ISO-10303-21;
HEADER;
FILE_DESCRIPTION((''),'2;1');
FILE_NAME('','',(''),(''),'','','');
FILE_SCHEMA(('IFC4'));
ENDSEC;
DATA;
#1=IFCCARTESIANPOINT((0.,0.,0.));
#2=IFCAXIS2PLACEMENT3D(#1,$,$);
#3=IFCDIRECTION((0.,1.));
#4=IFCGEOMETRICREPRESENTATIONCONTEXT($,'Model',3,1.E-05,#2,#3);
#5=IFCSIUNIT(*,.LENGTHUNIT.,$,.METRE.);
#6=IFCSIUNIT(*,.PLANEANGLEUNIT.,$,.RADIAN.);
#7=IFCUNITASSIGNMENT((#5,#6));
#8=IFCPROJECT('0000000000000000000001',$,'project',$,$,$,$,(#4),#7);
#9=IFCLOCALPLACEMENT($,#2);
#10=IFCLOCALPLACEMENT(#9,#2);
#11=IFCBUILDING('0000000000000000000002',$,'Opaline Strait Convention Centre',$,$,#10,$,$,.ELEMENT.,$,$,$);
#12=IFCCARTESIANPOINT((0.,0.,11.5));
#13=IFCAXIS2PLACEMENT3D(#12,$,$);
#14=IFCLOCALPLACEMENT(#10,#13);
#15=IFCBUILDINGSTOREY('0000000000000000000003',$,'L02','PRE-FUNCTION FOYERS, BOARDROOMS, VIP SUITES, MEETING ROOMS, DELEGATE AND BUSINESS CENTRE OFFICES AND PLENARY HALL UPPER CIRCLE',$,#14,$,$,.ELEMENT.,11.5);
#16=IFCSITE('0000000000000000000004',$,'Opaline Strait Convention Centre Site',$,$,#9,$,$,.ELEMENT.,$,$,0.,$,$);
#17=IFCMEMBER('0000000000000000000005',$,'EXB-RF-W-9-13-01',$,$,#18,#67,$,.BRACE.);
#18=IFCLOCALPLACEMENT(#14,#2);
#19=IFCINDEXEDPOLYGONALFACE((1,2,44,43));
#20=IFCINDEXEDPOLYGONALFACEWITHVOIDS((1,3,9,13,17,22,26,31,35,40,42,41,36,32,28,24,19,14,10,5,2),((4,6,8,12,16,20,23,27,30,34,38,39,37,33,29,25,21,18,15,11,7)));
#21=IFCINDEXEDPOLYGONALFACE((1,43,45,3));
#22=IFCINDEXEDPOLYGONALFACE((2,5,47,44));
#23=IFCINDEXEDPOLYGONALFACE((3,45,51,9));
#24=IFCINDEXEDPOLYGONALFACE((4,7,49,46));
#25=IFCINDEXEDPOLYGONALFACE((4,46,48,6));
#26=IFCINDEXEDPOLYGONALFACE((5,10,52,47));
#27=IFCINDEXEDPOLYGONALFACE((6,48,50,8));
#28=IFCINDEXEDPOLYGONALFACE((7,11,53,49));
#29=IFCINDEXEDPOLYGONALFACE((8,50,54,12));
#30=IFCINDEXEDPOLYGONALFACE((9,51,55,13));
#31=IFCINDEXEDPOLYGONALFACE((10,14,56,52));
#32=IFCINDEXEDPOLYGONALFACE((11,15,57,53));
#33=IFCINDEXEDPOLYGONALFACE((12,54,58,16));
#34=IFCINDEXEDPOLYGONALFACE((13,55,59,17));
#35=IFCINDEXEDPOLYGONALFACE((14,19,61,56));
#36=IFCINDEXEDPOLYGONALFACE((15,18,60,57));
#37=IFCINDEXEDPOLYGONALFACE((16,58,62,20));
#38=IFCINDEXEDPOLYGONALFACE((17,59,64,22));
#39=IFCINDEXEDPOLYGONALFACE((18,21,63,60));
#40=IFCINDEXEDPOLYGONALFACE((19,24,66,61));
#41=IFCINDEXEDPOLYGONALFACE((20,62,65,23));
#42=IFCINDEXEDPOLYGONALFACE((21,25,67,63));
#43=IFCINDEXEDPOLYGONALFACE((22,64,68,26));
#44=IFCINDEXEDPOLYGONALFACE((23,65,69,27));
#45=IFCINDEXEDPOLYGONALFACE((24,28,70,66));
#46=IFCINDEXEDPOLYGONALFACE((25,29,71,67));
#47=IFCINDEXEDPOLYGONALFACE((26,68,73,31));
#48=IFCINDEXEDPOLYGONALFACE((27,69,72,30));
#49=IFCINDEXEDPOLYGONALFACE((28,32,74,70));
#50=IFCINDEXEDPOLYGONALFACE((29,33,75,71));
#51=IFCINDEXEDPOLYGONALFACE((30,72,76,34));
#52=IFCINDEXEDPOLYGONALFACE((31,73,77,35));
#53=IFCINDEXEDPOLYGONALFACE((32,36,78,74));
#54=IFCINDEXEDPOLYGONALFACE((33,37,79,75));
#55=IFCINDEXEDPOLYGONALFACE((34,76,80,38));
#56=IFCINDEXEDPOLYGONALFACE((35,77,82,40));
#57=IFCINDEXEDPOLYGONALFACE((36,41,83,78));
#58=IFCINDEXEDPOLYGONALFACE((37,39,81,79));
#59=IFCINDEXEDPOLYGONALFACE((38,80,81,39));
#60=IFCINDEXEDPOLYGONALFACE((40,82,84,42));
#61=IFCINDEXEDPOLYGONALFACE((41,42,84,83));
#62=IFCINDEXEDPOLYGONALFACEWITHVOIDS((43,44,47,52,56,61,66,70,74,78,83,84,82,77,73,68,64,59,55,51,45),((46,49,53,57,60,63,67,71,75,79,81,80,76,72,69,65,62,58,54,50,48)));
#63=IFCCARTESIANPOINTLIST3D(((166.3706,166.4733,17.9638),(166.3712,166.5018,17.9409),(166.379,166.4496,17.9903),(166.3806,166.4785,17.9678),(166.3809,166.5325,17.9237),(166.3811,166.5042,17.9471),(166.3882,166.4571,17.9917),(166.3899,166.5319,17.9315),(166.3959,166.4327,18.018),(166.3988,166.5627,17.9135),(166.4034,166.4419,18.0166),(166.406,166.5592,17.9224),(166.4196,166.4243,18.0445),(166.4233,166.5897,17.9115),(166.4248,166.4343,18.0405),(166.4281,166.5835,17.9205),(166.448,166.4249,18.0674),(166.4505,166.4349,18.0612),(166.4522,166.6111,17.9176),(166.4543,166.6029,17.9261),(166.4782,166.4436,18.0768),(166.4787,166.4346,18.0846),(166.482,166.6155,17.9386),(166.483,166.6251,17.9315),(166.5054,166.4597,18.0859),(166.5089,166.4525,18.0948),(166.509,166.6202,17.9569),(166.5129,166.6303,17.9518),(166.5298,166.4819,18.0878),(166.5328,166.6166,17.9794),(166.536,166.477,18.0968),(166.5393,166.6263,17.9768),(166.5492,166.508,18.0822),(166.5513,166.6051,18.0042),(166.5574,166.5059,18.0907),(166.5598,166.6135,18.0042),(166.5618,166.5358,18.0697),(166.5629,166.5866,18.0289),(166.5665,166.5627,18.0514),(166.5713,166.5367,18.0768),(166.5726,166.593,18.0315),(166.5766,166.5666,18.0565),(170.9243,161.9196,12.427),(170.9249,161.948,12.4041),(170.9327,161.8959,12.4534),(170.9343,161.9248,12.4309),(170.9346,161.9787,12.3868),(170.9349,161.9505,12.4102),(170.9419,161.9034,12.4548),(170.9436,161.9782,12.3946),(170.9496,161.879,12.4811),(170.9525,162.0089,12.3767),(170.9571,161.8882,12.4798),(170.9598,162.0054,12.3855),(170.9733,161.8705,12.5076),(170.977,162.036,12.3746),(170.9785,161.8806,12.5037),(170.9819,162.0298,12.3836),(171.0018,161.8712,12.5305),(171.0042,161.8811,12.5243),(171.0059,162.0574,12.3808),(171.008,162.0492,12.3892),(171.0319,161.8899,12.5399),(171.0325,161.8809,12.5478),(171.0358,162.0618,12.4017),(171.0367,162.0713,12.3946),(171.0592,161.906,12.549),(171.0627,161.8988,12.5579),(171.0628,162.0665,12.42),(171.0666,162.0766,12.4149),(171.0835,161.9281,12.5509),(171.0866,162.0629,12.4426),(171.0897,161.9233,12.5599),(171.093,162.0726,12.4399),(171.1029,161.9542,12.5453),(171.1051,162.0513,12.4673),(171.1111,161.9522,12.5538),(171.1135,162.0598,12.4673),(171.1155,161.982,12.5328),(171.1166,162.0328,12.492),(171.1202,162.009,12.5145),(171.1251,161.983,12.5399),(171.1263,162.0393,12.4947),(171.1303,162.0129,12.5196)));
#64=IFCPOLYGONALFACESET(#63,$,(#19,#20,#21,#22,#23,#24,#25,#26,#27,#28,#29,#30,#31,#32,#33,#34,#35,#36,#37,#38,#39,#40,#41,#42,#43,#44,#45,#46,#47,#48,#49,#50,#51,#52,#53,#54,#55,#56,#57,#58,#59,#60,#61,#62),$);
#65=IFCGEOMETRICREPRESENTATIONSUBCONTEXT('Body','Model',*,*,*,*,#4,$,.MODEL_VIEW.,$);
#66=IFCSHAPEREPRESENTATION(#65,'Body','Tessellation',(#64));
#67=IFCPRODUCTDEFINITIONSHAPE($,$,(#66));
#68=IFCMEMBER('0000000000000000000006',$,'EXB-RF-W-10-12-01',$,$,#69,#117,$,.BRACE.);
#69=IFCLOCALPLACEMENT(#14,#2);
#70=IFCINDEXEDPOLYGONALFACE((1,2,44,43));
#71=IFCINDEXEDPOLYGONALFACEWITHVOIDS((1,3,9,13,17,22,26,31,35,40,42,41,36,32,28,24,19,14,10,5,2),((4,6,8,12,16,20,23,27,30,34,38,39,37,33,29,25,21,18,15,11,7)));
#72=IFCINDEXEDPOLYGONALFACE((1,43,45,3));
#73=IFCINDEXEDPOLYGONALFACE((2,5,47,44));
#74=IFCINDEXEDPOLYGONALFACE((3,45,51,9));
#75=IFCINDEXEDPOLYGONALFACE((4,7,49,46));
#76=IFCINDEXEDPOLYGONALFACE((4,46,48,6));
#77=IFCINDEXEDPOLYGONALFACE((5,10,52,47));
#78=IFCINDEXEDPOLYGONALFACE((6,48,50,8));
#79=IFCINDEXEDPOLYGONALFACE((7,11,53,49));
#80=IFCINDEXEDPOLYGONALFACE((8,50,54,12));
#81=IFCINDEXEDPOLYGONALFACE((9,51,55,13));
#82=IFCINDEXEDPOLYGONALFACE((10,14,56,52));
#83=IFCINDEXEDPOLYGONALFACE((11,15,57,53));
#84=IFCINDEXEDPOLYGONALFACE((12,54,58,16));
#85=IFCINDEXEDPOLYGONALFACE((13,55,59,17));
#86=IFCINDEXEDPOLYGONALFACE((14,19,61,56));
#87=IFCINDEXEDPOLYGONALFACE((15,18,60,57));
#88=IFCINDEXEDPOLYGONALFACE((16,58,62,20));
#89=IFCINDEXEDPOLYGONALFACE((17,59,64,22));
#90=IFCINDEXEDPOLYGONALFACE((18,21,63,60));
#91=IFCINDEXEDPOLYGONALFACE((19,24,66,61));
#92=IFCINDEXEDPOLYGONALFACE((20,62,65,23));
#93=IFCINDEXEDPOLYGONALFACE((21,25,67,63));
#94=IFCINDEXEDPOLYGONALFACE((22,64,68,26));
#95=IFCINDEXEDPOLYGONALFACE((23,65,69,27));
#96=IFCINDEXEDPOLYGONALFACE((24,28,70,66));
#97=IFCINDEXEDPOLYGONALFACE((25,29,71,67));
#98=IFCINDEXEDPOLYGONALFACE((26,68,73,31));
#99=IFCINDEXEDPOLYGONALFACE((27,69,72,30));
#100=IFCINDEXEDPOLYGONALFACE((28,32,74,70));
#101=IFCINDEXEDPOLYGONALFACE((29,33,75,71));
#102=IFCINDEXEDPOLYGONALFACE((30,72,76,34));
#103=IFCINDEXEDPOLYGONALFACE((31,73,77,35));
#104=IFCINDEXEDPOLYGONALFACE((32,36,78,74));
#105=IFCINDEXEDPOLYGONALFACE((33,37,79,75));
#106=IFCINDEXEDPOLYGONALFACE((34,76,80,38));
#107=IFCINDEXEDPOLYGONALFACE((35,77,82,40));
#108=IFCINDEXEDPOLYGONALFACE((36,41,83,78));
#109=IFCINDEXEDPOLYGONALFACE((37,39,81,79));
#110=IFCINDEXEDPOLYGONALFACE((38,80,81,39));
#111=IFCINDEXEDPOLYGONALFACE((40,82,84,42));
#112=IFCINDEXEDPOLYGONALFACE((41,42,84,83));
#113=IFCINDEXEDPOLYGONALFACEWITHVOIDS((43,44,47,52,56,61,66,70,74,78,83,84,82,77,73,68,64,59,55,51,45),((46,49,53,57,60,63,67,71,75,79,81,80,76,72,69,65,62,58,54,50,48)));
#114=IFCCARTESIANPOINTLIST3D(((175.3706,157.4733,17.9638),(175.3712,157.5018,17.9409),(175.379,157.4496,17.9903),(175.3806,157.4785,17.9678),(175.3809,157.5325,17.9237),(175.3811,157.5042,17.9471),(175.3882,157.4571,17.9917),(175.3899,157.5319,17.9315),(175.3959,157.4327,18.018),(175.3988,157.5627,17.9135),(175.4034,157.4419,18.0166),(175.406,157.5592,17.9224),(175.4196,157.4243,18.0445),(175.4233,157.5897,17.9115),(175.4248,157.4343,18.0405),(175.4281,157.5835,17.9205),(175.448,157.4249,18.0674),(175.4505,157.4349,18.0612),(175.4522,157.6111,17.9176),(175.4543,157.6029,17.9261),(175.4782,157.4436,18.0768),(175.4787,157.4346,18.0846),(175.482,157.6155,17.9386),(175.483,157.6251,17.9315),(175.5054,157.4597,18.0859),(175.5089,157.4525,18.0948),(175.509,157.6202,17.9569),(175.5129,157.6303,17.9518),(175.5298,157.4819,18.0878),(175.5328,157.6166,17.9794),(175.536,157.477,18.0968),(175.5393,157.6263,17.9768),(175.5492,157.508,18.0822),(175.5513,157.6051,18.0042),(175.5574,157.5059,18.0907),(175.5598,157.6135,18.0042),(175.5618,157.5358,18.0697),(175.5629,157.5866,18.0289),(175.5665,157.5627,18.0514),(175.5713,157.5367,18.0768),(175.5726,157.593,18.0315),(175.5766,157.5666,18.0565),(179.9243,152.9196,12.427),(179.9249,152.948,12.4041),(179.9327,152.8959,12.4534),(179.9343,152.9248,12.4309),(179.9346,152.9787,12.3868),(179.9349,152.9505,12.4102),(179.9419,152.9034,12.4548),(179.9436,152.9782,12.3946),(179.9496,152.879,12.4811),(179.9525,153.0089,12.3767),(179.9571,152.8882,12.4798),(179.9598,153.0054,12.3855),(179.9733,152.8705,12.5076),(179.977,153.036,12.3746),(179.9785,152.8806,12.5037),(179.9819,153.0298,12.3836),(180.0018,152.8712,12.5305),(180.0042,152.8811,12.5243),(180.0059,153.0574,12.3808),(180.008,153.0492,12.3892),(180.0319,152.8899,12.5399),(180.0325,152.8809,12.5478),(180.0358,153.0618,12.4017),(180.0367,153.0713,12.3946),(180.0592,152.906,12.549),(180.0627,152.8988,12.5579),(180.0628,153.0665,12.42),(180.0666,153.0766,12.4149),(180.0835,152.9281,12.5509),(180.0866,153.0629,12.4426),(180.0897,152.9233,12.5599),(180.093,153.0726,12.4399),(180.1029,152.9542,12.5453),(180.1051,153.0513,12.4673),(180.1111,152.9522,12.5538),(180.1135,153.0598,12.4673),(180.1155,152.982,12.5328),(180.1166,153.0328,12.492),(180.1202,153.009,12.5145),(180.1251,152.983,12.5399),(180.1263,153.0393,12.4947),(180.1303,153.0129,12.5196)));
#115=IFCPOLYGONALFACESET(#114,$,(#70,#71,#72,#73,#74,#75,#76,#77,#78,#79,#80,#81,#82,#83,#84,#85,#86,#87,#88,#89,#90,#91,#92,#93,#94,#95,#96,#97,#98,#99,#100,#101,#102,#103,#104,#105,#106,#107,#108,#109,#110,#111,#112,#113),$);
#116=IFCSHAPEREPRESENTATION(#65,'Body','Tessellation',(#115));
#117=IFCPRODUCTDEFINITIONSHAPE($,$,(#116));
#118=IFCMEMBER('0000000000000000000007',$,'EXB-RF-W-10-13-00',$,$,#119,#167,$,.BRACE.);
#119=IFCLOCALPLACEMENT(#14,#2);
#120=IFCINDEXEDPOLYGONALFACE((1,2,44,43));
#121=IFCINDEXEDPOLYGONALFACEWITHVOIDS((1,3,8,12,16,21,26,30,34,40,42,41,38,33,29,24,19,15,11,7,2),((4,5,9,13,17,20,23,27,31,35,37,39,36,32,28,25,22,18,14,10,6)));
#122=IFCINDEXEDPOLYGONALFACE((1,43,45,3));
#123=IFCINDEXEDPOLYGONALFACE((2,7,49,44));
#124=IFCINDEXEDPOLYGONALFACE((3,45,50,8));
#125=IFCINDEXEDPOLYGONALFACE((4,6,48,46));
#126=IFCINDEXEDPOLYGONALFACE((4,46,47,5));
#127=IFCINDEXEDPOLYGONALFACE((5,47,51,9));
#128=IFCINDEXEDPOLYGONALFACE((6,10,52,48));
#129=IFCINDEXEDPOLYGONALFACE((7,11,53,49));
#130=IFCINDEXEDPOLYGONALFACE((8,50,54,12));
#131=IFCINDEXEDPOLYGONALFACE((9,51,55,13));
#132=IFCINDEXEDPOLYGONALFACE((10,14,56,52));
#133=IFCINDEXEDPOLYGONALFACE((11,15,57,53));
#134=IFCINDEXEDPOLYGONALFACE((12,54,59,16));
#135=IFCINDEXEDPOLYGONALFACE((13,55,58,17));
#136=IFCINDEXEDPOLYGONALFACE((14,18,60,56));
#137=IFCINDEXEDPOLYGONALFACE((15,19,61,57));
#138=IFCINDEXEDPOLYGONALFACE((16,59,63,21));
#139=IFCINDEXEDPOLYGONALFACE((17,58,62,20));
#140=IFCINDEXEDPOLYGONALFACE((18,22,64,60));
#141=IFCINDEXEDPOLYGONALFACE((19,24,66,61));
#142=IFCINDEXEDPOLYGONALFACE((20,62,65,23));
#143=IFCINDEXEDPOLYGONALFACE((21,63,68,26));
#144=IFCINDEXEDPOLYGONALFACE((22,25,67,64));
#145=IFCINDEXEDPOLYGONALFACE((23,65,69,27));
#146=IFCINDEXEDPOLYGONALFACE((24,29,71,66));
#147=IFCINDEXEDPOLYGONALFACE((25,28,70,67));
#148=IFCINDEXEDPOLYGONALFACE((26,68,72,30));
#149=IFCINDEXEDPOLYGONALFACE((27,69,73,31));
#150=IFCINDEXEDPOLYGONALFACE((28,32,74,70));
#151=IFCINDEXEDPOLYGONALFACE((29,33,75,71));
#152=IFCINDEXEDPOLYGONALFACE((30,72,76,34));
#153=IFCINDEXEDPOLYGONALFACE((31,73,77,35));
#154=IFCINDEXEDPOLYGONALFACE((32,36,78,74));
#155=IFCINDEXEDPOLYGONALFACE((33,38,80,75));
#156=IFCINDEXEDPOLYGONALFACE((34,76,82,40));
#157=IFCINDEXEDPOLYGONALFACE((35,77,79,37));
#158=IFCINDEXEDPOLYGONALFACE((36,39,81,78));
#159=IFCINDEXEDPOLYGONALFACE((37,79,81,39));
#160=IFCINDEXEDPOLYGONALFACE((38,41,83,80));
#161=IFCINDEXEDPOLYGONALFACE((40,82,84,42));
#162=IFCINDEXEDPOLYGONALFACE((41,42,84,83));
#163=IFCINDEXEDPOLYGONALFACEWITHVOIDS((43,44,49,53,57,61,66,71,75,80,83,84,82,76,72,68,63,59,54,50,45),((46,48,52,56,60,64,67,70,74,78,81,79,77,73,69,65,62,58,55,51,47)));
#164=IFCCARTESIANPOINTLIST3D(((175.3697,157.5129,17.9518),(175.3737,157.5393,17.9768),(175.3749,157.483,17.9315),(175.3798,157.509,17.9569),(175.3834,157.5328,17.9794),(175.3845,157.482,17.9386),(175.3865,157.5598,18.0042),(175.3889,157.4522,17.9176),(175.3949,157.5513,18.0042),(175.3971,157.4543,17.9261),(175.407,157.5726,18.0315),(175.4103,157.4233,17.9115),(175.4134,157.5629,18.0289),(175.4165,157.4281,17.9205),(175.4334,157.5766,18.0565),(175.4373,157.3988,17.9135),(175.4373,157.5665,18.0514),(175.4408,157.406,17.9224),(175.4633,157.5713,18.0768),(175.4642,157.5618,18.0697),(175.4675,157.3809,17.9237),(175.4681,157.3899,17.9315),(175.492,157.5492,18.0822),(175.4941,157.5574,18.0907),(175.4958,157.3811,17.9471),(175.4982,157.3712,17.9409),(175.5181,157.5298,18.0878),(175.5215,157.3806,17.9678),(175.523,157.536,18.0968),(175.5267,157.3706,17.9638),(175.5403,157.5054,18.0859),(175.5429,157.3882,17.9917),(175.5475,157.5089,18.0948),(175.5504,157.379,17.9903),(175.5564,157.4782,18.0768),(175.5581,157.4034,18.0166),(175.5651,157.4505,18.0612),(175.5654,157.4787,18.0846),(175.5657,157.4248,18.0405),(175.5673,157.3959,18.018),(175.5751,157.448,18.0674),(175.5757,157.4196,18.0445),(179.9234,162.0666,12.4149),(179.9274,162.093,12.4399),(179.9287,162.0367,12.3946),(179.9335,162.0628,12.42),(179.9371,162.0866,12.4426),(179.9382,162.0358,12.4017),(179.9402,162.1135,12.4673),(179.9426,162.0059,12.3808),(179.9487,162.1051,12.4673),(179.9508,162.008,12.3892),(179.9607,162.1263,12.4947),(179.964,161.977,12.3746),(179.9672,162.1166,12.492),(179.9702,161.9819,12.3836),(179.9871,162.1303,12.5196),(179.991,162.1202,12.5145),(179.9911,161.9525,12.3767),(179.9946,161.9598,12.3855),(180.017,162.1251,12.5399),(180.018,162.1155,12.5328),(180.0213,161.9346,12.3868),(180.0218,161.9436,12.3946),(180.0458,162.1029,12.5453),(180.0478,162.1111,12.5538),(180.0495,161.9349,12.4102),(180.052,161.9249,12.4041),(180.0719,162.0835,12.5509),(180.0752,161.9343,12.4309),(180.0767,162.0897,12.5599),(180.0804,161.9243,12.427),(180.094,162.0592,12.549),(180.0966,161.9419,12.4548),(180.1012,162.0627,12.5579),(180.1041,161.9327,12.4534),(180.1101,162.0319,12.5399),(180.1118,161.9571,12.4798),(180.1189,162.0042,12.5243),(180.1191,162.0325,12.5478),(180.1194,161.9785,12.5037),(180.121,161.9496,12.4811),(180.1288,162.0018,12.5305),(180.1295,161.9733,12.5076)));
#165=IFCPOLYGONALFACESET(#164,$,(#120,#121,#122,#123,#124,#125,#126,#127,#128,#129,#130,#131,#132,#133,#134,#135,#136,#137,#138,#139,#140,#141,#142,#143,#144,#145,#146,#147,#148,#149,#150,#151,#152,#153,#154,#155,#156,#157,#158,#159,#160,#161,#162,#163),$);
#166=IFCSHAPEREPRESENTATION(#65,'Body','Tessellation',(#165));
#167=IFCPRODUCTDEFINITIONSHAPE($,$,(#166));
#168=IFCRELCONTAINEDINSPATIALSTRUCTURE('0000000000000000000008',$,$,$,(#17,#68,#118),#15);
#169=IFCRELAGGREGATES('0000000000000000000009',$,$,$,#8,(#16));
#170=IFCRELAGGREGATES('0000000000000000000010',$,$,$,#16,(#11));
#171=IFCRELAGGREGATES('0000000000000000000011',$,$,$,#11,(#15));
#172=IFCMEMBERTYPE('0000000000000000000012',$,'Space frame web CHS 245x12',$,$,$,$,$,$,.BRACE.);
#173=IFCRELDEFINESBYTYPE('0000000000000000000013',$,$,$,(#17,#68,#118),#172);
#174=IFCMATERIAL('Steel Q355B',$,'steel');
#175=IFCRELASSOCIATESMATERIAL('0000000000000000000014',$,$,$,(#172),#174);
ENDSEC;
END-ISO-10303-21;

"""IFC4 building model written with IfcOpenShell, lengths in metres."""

from ifc_helpers import new_model, si_unit, direction, frame, origin, origin_2d, place, context, subcontext, project, spatial, hollow_circle, extrude, material, material_profile, profile_set, type_object, element, save


model = new_model("IFC4")

# Units and contexts
model_context = context("Model", 3, precision=1e-05, world=origin(), true_north=direction((0.0, 1.0)))
body_context = subcontext(model_context, "Body", "Model", "MODEL_VIEW")
ifc_project = project(units=[si_unit("LENGTHUNIT", "METRE"), si_unit("PLANEANGLEUNIT", "RADIAN")], contexts=[model_context])

# Site, building, storey
site_placement = place(None, origin())
site = spatial("IfcSite", under=ifc_project, at=site_placement, Name="Opaline Strait Convention Centre Site", CompositionType="ELEMENT", RefElevation=0.0)
building_placement = place(site_placement, origin())
building = spatial("IfcBuilding", under=site, at=building_placement, Name="Opaline Strait Convention Centre", CompositionType="ELEMENT")
storey_placement = place(building_placement, frame((0.0, 0.0, 11.5)))
storey = spatial("IfcBuildingStorey", under=building, at=storey_placement, Name="L02", Description="PRE-FUNCTION FOYERS, BOARDROOMS, VIP SUITES, MEETING ROOMS, DELEGATE AND BUSINESS CENTRE OFFICES AND PLENARY HALL UPPER CIRCLE", CompositionType="ELEMENT", Elevation=11.5)

# Members
ifc_material_1 = material(Name="Steel Q355B", Category="steel")
ifc_material_profile_1 = material_profile(ifc_material_1, hollow_circle(Radius=0.1226, WallThickness=0.012, at=origin_2d()), Name="CHS 245x12")
ifc_profile_set_1 = profile_set([ifc_material_profile_1], Name="Steel Q355B")
member_type_1 = type_object("IfcMemberType", Name="Space frame web CHS 245x12", PredefinedType="BRACE", material=ifc_profile_set_1)
for number, where, z_axis, x_axis, name in (
    (1, (166.4731, 166.5269, 18.0042), (0.536178, -0.536178, -0.65194), (0.707107, 0.707107, 0.0), "EXB-RF-W-9-13-01"),
    (2, (175.4731, 157.5269, 18.0042), (0.536178, -0.536178, -0.65194), (0.707107, 0.707107, 0.0), "EXB-RF-W-10-12-01"),
    (3, (175.4731, 157.4731, 18.0042), (0.536178, 0.536178, -0.65194), (-0.707107, 0.707107, 0.0), "EXB-RF-W-10-13-00"),
):
    element("IfcMember", number, at=place(storey_placement, frame(where, z_axis=z_axis, x_axis=x_axis)), inside=storey, type_object=member_type_1, Name=name, PredefinedType="BRACE", context=body_context, shape_type="SweptSolid", body=[
        extrude(hollow_circle(Radius=0.1226, WallThickness=0.012, at=origin_2d()), origin(), (0.0, 0.0, 1.0), 8.4929),
    ])

save(model, "model.ifc")
